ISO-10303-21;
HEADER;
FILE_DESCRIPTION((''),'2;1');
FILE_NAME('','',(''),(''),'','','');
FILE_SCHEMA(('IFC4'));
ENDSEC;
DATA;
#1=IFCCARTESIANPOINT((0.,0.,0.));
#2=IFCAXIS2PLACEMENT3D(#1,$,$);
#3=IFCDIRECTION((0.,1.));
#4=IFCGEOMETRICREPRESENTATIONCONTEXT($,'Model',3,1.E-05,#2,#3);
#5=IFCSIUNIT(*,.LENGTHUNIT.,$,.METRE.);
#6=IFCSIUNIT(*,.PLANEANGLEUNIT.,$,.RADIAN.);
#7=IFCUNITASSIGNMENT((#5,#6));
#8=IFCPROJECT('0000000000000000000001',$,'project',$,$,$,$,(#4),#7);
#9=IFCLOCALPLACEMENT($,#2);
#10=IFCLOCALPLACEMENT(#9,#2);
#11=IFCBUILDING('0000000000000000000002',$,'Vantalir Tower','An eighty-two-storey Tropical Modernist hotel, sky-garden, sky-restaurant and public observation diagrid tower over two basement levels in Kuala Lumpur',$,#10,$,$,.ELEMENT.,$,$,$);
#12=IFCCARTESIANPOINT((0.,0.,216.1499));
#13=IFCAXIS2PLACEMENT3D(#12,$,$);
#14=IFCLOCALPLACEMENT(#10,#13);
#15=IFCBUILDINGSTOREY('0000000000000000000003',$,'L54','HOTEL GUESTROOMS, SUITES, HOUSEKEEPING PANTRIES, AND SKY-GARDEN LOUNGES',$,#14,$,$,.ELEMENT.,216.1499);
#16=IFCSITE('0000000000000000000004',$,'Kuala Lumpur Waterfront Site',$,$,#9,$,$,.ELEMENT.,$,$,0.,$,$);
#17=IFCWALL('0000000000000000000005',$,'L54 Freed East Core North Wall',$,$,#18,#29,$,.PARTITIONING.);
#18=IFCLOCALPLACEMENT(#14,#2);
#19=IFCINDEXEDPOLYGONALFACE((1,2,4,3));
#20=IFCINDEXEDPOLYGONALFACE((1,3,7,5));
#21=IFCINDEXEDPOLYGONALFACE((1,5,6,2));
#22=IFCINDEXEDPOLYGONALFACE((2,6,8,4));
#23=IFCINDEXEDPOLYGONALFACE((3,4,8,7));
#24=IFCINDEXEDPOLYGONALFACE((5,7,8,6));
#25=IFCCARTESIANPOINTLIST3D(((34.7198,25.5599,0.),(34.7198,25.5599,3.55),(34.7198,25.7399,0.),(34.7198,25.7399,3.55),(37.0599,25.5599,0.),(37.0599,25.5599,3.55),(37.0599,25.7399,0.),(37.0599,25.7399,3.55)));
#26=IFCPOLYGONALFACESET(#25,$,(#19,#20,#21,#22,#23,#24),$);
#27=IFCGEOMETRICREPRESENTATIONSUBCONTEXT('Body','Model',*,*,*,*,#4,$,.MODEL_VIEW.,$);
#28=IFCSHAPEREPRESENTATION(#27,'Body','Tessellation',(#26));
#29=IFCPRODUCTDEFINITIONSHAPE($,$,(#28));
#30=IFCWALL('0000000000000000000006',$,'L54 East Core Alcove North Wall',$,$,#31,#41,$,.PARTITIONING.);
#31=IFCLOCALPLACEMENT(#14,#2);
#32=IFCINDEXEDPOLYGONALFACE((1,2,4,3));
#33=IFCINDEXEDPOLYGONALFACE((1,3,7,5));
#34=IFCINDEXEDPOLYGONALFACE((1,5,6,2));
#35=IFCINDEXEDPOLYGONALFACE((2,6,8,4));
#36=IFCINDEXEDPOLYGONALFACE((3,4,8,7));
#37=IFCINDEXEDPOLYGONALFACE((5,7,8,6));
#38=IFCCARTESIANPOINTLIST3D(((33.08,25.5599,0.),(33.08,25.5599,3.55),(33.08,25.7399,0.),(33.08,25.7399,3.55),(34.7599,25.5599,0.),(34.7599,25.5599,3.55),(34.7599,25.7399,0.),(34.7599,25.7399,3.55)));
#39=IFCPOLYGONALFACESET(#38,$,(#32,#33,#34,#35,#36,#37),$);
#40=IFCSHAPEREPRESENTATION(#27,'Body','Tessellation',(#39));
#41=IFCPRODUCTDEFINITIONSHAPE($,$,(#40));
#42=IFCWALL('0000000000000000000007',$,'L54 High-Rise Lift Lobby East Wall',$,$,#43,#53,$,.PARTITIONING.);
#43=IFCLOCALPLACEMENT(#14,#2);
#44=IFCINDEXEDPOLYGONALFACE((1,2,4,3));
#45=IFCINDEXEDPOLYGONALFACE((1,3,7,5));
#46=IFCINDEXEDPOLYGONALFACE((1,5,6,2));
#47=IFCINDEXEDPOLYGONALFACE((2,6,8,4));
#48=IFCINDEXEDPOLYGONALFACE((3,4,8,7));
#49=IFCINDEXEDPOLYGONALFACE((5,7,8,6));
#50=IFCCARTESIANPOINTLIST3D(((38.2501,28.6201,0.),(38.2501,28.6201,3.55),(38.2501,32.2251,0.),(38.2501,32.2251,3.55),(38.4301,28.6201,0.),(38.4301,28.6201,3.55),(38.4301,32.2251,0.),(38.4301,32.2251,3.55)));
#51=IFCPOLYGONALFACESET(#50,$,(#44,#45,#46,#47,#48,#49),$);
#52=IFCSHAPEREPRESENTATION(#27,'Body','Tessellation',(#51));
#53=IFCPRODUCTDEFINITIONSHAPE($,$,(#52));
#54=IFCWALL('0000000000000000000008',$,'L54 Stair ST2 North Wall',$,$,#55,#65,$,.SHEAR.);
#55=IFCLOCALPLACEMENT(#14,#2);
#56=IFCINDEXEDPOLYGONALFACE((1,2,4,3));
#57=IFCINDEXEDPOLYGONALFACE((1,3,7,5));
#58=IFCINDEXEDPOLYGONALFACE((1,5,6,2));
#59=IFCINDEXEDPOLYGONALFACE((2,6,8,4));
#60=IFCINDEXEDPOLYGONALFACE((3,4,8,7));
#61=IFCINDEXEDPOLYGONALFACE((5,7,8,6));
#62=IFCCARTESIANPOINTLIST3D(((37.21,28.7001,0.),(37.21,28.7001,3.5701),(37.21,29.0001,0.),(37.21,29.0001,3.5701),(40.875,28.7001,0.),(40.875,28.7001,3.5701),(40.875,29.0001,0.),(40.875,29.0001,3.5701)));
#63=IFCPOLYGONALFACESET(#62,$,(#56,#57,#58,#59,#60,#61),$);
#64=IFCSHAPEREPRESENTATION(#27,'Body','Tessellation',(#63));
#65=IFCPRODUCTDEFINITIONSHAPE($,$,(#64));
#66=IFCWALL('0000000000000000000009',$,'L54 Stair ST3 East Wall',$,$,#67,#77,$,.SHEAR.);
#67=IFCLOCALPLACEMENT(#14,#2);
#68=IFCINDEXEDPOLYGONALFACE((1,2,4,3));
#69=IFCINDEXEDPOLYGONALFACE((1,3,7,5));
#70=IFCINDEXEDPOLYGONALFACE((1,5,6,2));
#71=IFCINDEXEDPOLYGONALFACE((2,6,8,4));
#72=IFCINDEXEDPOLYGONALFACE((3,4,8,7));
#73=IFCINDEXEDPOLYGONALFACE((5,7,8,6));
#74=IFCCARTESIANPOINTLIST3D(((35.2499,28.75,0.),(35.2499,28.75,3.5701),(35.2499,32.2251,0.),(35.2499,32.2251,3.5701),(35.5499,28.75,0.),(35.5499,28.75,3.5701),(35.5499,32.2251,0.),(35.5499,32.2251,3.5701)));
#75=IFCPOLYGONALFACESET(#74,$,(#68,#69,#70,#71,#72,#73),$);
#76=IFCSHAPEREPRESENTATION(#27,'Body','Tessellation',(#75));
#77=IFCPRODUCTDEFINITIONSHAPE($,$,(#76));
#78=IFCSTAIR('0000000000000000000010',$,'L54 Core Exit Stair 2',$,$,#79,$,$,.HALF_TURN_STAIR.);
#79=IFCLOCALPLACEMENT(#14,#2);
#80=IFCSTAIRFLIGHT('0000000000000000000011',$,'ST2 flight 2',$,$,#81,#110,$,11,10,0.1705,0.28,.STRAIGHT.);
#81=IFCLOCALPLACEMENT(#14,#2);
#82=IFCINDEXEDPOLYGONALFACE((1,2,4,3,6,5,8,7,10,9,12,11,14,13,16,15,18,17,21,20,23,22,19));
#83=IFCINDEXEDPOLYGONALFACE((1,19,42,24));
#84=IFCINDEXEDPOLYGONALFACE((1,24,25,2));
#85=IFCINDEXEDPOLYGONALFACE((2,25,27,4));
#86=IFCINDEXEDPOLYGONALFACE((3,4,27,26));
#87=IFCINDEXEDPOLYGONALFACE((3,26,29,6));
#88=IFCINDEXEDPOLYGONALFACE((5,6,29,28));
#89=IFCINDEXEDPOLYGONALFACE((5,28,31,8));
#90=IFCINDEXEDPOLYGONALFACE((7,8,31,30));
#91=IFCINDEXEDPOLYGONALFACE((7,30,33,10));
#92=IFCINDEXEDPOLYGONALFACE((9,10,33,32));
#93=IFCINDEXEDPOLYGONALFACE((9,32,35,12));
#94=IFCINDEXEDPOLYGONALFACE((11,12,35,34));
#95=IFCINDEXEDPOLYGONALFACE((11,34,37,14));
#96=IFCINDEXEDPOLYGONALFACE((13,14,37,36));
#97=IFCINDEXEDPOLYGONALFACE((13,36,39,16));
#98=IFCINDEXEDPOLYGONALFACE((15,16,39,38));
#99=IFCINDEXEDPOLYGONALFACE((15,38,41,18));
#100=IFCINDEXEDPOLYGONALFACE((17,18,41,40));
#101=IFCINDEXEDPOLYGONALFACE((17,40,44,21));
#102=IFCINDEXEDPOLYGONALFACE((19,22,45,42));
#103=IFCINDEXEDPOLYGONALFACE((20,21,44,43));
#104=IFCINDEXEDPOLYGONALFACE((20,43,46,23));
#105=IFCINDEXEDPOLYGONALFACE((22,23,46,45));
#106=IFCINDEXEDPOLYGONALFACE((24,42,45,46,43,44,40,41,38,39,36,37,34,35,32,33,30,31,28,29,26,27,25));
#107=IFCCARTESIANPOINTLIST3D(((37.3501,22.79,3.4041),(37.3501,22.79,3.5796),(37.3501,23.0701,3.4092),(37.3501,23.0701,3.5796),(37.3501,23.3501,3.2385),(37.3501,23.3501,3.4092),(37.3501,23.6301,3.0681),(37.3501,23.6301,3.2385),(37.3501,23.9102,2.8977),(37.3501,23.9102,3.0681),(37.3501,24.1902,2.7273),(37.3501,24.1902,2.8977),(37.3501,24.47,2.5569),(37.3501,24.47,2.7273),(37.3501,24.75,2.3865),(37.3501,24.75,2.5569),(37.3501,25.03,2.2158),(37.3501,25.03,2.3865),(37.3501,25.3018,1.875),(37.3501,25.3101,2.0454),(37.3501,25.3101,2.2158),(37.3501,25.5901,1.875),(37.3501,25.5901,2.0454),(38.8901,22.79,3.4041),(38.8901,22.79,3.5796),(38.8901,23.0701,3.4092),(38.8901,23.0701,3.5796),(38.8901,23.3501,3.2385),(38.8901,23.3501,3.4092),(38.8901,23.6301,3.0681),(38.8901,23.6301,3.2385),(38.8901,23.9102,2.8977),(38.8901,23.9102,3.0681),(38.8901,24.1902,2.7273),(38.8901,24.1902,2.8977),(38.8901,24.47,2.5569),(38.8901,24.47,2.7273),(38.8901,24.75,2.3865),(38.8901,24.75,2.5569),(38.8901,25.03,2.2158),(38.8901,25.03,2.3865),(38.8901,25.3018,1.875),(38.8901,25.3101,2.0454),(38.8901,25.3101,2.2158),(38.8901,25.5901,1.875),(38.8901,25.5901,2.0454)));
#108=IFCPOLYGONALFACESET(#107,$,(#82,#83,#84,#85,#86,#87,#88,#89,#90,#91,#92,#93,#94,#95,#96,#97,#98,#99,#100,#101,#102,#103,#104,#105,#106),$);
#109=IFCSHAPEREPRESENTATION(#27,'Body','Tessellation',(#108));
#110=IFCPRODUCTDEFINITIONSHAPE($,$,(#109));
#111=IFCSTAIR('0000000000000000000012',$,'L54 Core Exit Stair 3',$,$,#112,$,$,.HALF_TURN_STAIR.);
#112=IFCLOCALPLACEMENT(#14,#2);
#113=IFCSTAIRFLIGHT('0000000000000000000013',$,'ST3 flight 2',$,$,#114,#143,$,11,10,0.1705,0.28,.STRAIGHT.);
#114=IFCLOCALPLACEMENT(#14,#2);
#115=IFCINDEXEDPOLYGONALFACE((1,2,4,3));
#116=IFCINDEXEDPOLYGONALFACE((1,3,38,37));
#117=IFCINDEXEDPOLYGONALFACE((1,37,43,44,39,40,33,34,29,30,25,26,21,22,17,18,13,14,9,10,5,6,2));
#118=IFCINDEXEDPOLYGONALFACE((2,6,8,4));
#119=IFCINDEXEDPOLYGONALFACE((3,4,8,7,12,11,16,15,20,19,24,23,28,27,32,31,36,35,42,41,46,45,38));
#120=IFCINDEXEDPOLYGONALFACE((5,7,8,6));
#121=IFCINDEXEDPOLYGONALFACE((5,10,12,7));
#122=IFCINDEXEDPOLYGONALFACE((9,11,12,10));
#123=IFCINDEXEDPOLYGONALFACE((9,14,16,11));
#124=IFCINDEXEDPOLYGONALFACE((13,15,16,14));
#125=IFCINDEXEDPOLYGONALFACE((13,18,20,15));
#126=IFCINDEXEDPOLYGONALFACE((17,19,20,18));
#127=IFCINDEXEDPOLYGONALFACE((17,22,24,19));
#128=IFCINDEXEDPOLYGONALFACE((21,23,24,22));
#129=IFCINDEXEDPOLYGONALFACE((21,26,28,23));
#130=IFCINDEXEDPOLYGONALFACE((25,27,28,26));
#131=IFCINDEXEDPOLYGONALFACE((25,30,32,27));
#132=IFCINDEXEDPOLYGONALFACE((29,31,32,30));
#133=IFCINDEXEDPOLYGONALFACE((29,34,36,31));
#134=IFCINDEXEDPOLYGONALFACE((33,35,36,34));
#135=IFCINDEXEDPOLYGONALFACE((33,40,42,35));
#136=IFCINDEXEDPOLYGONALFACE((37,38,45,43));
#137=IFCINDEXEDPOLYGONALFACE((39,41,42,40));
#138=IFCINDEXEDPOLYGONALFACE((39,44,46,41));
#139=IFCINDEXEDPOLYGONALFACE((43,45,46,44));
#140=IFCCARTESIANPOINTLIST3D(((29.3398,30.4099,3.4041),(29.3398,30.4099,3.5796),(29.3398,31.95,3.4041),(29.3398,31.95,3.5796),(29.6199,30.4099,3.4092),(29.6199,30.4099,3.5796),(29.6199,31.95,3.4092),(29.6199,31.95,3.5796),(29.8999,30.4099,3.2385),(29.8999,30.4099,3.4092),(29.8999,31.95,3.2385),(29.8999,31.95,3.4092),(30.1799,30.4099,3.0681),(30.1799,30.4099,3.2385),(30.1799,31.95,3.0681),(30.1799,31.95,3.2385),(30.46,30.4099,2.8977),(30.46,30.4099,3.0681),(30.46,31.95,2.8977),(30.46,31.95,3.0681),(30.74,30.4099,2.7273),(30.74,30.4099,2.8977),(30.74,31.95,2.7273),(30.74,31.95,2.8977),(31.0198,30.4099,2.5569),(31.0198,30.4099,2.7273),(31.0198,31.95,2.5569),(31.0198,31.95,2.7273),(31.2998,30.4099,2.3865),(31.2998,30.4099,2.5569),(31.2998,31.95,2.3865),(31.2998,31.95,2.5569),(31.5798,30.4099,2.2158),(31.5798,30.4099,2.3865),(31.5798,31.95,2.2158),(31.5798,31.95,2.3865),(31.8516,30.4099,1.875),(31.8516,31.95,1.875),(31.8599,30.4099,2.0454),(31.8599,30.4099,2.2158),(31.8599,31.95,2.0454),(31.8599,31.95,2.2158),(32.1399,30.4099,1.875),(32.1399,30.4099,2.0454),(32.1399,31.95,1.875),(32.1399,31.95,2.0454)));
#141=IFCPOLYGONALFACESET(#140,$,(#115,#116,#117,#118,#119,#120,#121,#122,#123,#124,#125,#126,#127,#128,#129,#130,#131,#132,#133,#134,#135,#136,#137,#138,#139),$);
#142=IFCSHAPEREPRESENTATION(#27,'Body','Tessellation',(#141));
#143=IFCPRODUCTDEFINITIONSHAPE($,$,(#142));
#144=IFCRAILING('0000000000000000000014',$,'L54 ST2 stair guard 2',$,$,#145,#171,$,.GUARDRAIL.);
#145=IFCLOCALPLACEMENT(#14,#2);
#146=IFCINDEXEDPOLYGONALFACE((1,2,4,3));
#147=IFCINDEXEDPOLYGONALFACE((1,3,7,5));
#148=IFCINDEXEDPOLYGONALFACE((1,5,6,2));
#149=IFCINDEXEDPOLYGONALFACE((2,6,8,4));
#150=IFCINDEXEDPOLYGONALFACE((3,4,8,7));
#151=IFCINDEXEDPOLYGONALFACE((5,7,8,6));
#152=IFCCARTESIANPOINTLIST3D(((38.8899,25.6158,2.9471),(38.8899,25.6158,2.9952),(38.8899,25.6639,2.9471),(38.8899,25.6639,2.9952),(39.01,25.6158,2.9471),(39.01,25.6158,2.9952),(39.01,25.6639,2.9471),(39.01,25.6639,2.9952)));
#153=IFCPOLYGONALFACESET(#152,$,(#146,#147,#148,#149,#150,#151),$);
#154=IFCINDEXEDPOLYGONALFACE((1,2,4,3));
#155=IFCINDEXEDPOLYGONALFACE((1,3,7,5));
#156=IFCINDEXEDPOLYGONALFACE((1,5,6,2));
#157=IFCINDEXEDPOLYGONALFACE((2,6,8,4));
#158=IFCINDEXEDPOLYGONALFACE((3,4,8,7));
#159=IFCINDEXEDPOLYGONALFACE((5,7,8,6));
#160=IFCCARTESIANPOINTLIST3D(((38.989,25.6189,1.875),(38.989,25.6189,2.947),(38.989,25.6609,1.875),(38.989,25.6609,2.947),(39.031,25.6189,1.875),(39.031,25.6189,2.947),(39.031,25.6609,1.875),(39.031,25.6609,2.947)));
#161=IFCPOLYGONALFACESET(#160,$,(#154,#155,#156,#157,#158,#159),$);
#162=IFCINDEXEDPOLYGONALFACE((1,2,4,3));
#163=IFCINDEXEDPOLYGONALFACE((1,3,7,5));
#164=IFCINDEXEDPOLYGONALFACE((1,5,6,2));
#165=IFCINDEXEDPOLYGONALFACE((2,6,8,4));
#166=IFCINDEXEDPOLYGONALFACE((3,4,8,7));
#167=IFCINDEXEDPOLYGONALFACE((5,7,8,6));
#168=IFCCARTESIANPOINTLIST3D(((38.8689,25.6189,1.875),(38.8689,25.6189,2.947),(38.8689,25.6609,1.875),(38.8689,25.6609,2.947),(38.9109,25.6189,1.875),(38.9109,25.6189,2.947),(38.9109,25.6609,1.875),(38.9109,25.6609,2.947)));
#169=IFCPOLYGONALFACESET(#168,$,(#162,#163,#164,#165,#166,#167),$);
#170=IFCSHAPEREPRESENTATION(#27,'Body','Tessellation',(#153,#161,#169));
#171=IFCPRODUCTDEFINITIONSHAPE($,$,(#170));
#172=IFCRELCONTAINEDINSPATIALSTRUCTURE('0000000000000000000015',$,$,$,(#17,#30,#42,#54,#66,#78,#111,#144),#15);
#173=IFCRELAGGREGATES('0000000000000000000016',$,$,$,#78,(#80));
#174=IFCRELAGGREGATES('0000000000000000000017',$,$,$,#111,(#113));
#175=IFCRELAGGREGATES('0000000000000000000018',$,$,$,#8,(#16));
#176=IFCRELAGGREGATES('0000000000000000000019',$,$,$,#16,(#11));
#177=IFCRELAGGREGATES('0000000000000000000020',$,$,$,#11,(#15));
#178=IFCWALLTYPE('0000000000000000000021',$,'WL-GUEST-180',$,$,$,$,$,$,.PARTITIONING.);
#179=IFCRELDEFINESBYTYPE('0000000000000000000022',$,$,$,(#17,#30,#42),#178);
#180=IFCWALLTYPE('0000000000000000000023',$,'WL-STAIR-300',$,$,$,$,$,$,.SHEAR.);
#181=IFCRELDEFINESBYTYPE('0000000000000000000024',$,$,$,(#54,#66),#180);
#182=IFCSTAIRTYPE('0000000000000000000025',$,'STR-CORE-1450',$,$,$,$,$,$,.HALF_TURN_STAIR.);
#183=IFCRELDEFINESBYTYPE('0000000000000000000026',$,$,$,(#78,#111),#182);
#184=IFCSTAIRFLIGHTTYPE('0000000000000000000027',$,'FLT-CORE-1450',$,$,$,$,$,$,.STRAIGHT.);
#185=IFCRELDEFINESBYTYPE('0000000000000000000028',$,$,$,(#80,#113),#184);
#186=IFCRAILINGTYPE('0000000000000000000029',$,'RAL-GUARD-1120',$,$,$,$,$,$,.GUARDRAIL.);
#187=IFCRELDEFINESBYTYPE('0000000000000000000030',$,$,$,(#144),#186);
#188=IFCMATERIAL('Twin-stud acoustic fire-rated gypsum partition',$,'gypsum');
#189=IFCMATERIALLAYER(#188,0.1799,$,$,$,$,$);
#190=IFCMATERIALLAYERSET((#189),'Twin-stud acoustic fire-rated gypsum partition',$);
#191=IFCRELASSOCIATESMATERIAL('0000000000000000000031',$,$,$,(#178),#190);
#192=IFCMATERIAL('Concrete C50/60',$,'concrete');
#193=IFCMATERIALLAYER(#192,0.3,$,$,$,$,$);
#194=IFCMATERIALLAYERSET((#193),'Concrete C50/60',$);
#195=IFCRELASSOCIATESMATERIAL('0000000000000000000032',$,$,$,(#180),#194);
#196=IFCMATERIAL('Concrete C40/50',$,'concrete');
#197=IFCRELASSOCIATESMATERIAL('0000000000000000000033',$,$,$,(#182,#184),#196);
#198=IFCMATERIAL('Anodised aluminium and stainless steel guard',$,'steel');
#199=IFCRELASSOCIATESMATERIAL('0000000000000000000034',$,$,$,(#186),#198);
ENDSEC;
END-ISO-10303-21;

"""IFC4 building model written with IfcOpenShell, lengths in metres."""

from ifc_helpers import new_model, si_unit, direction, frame, frame_2d, origin, origin_2d, place, context, subcontext, project, spatial, polyline, rectangle, outline, extrude, material, layer, layer_set, type_object, element, aggregate, save


model = new_model("IFC4")

# Units and contexts
model_context = context("Model", 3, precision=1e-05, world=origin(), true_north=direction((0.0, 1.0)))
body_context = subcontext(model_context, "Body", "Model", "MODEL_VIEW")
ifc_project = project(units=[si_unit("LENGTHUNIT", "METRE"), si_unit("PLANEANGLEUNIT", "RADIAN")], contexts=[model_context])

# Site, building, storey
site_placement = place(None, origin())
site = spatial("IfcSite", under=ifc_project, at=site_placement, Name="Kuala Lumpur Waterfront Site", CompositionType="ELEMENT", RefElevation=0.0)
building_placement = place(site_placement, origin())
building = spatial("IfcBuilding", under=site, at=building_placement, Name="Vantalir Tower", Description="An eighty-two-storey Tropical Modernist hotel, sky-garden, sky-restaurant and public observation diagrid tower over two basement levels in Kuala Lumpur", CompositionType="ELEMENT")
storey_placement = place(building_placement, frame((0.0, 0.0, 216.1499)))
storey = spatial("IfcBuildingStorey", under=building, at=storey_placement, Name="L54", Description="HOTEL GUESTROOMS, SUITES, HOUSEKEEPING PANTRIES, AND SKY-GARDEN LOUNGES", CompositionType="ELEMENT", Elevation=216.1499)

# Shared definitions
ifc_material_1 = material(Name="Concrete C50/60", Category="concrete")

# Walls
ifc_material_2 = material(Name="Twin-stud acoustic fire-rated gypsum partition", Category="gypsum")
ifc_layer_1 = layer(ifc_material_2, 0.1799)
ifc_layer_set_1 = layer_set([ifc_layer_1], Name="Twin-stud acoustic fire-rated gypsum partition")
wall_type_1 = type_object("IfcWallType", Name="WL-GUEST-180", PredefinedType="PARTITIONING", material=ifc_layer_set_1)
wall_1_placement = place(storey_placement, frame((34.72, 25.6499, 0.0), z_axis=(0.0, 0.0, 1.0), x_axis=(1.0, 0.0, 0.0)))
element("IfcWall", 1, at=wall_1_placement, inside=storey, type_object=wall_type_1, Name="L54 Freed East Core North Wall", PredefinedType="PARTITIONING", context=body_context, shape_type="SweptSolid", body=[
    extrude(rectangle(XDim=2.3401, YDim=0.1799, at=frame_2d((1.1699, 0.0))), origin(), (0.0, 0.0, 1.0), 3.55),
])
wall_2_placement = place(storey_placement, frame((33.0801, 25.6499, 0.0), z_axis=(0.0, 0.0, 1.0), x_axis=(1.0, 0.0, 0.0)))
element("IfcWall", 2, at=wall_2_placement, inside=storey, type_object=wall_type_1, Name="L54 East Core Alcove North Wall", PredefinedType="PARTITIONING", context=body_context, shape_type="SweptSolid", body=[
    extrude(rectangle(XDim=1.6799, YDim=0.1799, at=frame_2d((0.8398, 0.0))), origin(), (0.0, 0.0, 1.0), 3.55),
])
wall_3_placement = place(storey_placement, frame((38.3401, 28.6201, 0.0), z_axis=(0.0, 0.0, 1.0), x_axis=(0.0, 1.0, 0.0)))
element("IfcWall", 3, at=wall_3_placement, inside=storey, type_object=wall_type_1, Name="L54 High-Rise Lift Lobby East Wall", PredefinedType="PARTITIONING", context=body_context, shape_type="SweptSolid", body=[
    extrude(rectangle(XDim=3.605, YDim=0.1799, at=frame_2d((1.8025, 0.0))), origin(), (0.0, 0.0, 1.0), 3.55),
])
ifc_layer_2 = layer(ifc_material_1, 0.3)
ifc_layer_set_2 = layer_set([ifc_layer_2], Name="Concrete C50/60")
wall_type_2 = type_object("IfcWallType", Name="WL-STAIR-300", PredefinedType="SHEAR", material=ifc_layer_set_2)
wall_4_placement = place(storey_placement, frame((37.21, 28.8501, 0.0), z_axis=(0.0, 0.0, 1.0), x_axis=(1.0, 0.0, 0.0)))
element("IfcWall", 4, at=wall_4_placement, inside=storey, type_object=wall_type_2, Name="L54 Stair ST2 North Wall", PredefinedType="SHEAR", context=body_context, shape_type="SweptSolid", body=[
    extrude(rectangle(XDim=3.665, YDim=0.3, at=frame_2d((1.8325, 0.0))), origin(), (0.0, 0.0, 1.0), 3.5701),
])
wall_5_placement = place(storey_placement, frame((35.3999, 28.75, 0.0), z_axis=(0.0, 0.0, 1.0), x_axis=(0.0, 1.0, 0.0)))
element("IfcWall", 5, at=wall_5_placement, inside=storey, type_object=wall_type_2, Name="L54 Stair ST3 East Wall", PredefinedType="SHEAR", context=body_context, shape_type="SweptSolid", body=[
    extrude(rectangle(XDim=3.4751, YDim=0.3, at=frame_2d((1.7375, 0.0))), origin(), (0.0, 0.0, 1.0), 3.5701),
])

# Stairs, stair flights
ifc_material_3 = material(Name="Concrete C40/50", Category="concrete")
stair_type = type_object("IfcStairType", Name="STR-CORE-1450", PredefinedType="HALF_TURN_STAIR", material=ifc_material_3)
stair_1_placement = place(storey_placement, origin())
stair_1 = element("IfcStair", 6, at=stair_1_placement, inside=storey, type_object=stair_type, Name="L54 Core Exit Stair 2", PredefinedType="HALF_TURN_STAIR")
stair_flight_type = type_object("IfcStairFlightType", Name="FLT-CORE-1450", PredefinedType="STRAIGHT", material=ifc_material_3)
stair_flight_1_placement = place(storey_placement, frame((38.1201, 25.5901, 1.875), z_axis=(0.0, 0.0, 1.0), x_axis=(0.0, -1.0, 0.0)))
stair_flight_1 = element("IfcStairFlight", 7, at=stair_flight_1_placement, type_object=stair_flight_type, Name="ST2 flight 2", NumberOfRisers=11, NumberOfTreads=10, PredefinedType="STRAIGHT", RiserHeight=0.1705, TreadLength=0.28, context=body_context, shape_type="SweptSolid", body=[
    extrude(outline(polyline([(0.0, 0.0), (0.0, 0.1704), (0.28, 0.1704), (0.28, 0.3408), (0.5601, 0.3408), (0.5601, 0.5115), (0.8401, 0.5115), (0.8401, 0.6819), (1.1201, 0.6819), (1.1201, 0.8523), (1.3999, 0.8523), (1.3999, 1.0227), (1.6799, 1.0227), (1.6799, 1.1931), (1.96, 1.1931), (1.96, 1.3635), (2.24, 1.3635), (2.24, 1.5342), (2.52, 1.5342), (2.52, 1.7046), (2.8, 1.7046), (2.8, 1.875), (2.8, 1.5291), (0.2883, 0.0), (0.0, 0.0)])), frame((0.0, 0.77, 0.0), z_axis=(0.0, -1.0, 0.0), x_axis=(1.0, 0.0, 0.0)), (0.0, 0.0, 1.0), 1.54),
])
aggregate(stair_1, [stair_flight_1])
stair_2_placement = place(storey_placement, origin())
stair_2 = element("IfcStair", 8, at=stair_2_placement, inside=storey, type_object=stair_type, Name="L54 Core Exit Stair 3", PredefinedType="HALF_TURN_STAIR")
stair_flight_2_placement = place(storey_placement, frame((32.1399, 31.1799, 1.875), z_axis=(0.0, 0.0, 1.0), x_axis=(-1.0, 0.0, 0.0)))
stair_flight_2 = element("IfcStairFlight", 9, at=stair_flight_2_placement, type_object=stair_flight_type, Name="ST3 flight 2", NumberOfRisers=11, NumberOfTreads=10, PredefinedType="STRAIGHT", RiserHeight=0.1705, TreadLength=0.28, context=body_context, shape_type="SweptSolid", body=[
    extrude(outline(polyline([(0.0, 0.0), (0.0, 0.1704), (0.28, 0.1704), (0.28, 0.3408), (0.5601, 0.3408), (0.5601, 0.5115), (0.8401, 0.5115), (0.8401, 0.6819), (1.1201, 0.6819), (1.1201, 0.8523), (1.3999, 0.8523), (1.3999, 1.0227), (1.6799, 1.0227), (1.6799, 1.1931), (1.96, 1.1931), (1.96, 1.3635), (2.24, 1.3635), (2.24, 1.5342), (2.52, 1.5342), (2.52, 1.7046), (2.8, 1.7046), (2.8, 1.875), (2.8, 1.5291), (0.2883, 0.0), (0.0, 0.0)])), frame((0.0, 0.77, 0.0), z_axis=(0.0, -1.0, 0.0), x_axis=(1.0, 0.0, 0.0)), (0.0, 0.0, 1.0), 1.54),
])
aggregate(stair_2, [stair_flight_2])

# Railing
ifc_material_4 = material(Name="Anodised aluminium and stainless steel guard", Category="steel")
railing_type_1 = type_object("IfcRailingType", Name="RAL-GUARD-1120", PredefinedType="GUARDRAIL", material=ifc_material_4)
railing_1_placement = place(storey_placement, frame((39.01, 25.6399, 1.875)))
element("IfcRailing", 10, at=railing_1_placement, inside=storey, type_object=railing_type_1, Name="L54 ST2 stair guard 2", PredefinedType="GUARDRAIL", context=body_context, shape_type="SweptSolid", body=[
    extrude(rectangle(XDim=0.0481, YDim=0.0481, at=origin_2d()), frame((0.0, 0.0, 1.0962), z_axis=(-1.0, 0.0, 0.0), x_axis=(0.0, -1.0, 0.0)), (0.0, 0.0, 1.0), 0.1201),
    extrude(rectangle(XDim=0.042, YDim=0.042, at=origin_2d()), origin(), (0.0, 0.0, 1.0), 1.072),
    extrude(rectangle(XDim=0.042, YDim=0.042, at=origin_2d()), frame((-0.1201, 0.0, 0.0)), (0.0, 0.0, 1.0), 1.072),
])

save(model, "model.ifc")
